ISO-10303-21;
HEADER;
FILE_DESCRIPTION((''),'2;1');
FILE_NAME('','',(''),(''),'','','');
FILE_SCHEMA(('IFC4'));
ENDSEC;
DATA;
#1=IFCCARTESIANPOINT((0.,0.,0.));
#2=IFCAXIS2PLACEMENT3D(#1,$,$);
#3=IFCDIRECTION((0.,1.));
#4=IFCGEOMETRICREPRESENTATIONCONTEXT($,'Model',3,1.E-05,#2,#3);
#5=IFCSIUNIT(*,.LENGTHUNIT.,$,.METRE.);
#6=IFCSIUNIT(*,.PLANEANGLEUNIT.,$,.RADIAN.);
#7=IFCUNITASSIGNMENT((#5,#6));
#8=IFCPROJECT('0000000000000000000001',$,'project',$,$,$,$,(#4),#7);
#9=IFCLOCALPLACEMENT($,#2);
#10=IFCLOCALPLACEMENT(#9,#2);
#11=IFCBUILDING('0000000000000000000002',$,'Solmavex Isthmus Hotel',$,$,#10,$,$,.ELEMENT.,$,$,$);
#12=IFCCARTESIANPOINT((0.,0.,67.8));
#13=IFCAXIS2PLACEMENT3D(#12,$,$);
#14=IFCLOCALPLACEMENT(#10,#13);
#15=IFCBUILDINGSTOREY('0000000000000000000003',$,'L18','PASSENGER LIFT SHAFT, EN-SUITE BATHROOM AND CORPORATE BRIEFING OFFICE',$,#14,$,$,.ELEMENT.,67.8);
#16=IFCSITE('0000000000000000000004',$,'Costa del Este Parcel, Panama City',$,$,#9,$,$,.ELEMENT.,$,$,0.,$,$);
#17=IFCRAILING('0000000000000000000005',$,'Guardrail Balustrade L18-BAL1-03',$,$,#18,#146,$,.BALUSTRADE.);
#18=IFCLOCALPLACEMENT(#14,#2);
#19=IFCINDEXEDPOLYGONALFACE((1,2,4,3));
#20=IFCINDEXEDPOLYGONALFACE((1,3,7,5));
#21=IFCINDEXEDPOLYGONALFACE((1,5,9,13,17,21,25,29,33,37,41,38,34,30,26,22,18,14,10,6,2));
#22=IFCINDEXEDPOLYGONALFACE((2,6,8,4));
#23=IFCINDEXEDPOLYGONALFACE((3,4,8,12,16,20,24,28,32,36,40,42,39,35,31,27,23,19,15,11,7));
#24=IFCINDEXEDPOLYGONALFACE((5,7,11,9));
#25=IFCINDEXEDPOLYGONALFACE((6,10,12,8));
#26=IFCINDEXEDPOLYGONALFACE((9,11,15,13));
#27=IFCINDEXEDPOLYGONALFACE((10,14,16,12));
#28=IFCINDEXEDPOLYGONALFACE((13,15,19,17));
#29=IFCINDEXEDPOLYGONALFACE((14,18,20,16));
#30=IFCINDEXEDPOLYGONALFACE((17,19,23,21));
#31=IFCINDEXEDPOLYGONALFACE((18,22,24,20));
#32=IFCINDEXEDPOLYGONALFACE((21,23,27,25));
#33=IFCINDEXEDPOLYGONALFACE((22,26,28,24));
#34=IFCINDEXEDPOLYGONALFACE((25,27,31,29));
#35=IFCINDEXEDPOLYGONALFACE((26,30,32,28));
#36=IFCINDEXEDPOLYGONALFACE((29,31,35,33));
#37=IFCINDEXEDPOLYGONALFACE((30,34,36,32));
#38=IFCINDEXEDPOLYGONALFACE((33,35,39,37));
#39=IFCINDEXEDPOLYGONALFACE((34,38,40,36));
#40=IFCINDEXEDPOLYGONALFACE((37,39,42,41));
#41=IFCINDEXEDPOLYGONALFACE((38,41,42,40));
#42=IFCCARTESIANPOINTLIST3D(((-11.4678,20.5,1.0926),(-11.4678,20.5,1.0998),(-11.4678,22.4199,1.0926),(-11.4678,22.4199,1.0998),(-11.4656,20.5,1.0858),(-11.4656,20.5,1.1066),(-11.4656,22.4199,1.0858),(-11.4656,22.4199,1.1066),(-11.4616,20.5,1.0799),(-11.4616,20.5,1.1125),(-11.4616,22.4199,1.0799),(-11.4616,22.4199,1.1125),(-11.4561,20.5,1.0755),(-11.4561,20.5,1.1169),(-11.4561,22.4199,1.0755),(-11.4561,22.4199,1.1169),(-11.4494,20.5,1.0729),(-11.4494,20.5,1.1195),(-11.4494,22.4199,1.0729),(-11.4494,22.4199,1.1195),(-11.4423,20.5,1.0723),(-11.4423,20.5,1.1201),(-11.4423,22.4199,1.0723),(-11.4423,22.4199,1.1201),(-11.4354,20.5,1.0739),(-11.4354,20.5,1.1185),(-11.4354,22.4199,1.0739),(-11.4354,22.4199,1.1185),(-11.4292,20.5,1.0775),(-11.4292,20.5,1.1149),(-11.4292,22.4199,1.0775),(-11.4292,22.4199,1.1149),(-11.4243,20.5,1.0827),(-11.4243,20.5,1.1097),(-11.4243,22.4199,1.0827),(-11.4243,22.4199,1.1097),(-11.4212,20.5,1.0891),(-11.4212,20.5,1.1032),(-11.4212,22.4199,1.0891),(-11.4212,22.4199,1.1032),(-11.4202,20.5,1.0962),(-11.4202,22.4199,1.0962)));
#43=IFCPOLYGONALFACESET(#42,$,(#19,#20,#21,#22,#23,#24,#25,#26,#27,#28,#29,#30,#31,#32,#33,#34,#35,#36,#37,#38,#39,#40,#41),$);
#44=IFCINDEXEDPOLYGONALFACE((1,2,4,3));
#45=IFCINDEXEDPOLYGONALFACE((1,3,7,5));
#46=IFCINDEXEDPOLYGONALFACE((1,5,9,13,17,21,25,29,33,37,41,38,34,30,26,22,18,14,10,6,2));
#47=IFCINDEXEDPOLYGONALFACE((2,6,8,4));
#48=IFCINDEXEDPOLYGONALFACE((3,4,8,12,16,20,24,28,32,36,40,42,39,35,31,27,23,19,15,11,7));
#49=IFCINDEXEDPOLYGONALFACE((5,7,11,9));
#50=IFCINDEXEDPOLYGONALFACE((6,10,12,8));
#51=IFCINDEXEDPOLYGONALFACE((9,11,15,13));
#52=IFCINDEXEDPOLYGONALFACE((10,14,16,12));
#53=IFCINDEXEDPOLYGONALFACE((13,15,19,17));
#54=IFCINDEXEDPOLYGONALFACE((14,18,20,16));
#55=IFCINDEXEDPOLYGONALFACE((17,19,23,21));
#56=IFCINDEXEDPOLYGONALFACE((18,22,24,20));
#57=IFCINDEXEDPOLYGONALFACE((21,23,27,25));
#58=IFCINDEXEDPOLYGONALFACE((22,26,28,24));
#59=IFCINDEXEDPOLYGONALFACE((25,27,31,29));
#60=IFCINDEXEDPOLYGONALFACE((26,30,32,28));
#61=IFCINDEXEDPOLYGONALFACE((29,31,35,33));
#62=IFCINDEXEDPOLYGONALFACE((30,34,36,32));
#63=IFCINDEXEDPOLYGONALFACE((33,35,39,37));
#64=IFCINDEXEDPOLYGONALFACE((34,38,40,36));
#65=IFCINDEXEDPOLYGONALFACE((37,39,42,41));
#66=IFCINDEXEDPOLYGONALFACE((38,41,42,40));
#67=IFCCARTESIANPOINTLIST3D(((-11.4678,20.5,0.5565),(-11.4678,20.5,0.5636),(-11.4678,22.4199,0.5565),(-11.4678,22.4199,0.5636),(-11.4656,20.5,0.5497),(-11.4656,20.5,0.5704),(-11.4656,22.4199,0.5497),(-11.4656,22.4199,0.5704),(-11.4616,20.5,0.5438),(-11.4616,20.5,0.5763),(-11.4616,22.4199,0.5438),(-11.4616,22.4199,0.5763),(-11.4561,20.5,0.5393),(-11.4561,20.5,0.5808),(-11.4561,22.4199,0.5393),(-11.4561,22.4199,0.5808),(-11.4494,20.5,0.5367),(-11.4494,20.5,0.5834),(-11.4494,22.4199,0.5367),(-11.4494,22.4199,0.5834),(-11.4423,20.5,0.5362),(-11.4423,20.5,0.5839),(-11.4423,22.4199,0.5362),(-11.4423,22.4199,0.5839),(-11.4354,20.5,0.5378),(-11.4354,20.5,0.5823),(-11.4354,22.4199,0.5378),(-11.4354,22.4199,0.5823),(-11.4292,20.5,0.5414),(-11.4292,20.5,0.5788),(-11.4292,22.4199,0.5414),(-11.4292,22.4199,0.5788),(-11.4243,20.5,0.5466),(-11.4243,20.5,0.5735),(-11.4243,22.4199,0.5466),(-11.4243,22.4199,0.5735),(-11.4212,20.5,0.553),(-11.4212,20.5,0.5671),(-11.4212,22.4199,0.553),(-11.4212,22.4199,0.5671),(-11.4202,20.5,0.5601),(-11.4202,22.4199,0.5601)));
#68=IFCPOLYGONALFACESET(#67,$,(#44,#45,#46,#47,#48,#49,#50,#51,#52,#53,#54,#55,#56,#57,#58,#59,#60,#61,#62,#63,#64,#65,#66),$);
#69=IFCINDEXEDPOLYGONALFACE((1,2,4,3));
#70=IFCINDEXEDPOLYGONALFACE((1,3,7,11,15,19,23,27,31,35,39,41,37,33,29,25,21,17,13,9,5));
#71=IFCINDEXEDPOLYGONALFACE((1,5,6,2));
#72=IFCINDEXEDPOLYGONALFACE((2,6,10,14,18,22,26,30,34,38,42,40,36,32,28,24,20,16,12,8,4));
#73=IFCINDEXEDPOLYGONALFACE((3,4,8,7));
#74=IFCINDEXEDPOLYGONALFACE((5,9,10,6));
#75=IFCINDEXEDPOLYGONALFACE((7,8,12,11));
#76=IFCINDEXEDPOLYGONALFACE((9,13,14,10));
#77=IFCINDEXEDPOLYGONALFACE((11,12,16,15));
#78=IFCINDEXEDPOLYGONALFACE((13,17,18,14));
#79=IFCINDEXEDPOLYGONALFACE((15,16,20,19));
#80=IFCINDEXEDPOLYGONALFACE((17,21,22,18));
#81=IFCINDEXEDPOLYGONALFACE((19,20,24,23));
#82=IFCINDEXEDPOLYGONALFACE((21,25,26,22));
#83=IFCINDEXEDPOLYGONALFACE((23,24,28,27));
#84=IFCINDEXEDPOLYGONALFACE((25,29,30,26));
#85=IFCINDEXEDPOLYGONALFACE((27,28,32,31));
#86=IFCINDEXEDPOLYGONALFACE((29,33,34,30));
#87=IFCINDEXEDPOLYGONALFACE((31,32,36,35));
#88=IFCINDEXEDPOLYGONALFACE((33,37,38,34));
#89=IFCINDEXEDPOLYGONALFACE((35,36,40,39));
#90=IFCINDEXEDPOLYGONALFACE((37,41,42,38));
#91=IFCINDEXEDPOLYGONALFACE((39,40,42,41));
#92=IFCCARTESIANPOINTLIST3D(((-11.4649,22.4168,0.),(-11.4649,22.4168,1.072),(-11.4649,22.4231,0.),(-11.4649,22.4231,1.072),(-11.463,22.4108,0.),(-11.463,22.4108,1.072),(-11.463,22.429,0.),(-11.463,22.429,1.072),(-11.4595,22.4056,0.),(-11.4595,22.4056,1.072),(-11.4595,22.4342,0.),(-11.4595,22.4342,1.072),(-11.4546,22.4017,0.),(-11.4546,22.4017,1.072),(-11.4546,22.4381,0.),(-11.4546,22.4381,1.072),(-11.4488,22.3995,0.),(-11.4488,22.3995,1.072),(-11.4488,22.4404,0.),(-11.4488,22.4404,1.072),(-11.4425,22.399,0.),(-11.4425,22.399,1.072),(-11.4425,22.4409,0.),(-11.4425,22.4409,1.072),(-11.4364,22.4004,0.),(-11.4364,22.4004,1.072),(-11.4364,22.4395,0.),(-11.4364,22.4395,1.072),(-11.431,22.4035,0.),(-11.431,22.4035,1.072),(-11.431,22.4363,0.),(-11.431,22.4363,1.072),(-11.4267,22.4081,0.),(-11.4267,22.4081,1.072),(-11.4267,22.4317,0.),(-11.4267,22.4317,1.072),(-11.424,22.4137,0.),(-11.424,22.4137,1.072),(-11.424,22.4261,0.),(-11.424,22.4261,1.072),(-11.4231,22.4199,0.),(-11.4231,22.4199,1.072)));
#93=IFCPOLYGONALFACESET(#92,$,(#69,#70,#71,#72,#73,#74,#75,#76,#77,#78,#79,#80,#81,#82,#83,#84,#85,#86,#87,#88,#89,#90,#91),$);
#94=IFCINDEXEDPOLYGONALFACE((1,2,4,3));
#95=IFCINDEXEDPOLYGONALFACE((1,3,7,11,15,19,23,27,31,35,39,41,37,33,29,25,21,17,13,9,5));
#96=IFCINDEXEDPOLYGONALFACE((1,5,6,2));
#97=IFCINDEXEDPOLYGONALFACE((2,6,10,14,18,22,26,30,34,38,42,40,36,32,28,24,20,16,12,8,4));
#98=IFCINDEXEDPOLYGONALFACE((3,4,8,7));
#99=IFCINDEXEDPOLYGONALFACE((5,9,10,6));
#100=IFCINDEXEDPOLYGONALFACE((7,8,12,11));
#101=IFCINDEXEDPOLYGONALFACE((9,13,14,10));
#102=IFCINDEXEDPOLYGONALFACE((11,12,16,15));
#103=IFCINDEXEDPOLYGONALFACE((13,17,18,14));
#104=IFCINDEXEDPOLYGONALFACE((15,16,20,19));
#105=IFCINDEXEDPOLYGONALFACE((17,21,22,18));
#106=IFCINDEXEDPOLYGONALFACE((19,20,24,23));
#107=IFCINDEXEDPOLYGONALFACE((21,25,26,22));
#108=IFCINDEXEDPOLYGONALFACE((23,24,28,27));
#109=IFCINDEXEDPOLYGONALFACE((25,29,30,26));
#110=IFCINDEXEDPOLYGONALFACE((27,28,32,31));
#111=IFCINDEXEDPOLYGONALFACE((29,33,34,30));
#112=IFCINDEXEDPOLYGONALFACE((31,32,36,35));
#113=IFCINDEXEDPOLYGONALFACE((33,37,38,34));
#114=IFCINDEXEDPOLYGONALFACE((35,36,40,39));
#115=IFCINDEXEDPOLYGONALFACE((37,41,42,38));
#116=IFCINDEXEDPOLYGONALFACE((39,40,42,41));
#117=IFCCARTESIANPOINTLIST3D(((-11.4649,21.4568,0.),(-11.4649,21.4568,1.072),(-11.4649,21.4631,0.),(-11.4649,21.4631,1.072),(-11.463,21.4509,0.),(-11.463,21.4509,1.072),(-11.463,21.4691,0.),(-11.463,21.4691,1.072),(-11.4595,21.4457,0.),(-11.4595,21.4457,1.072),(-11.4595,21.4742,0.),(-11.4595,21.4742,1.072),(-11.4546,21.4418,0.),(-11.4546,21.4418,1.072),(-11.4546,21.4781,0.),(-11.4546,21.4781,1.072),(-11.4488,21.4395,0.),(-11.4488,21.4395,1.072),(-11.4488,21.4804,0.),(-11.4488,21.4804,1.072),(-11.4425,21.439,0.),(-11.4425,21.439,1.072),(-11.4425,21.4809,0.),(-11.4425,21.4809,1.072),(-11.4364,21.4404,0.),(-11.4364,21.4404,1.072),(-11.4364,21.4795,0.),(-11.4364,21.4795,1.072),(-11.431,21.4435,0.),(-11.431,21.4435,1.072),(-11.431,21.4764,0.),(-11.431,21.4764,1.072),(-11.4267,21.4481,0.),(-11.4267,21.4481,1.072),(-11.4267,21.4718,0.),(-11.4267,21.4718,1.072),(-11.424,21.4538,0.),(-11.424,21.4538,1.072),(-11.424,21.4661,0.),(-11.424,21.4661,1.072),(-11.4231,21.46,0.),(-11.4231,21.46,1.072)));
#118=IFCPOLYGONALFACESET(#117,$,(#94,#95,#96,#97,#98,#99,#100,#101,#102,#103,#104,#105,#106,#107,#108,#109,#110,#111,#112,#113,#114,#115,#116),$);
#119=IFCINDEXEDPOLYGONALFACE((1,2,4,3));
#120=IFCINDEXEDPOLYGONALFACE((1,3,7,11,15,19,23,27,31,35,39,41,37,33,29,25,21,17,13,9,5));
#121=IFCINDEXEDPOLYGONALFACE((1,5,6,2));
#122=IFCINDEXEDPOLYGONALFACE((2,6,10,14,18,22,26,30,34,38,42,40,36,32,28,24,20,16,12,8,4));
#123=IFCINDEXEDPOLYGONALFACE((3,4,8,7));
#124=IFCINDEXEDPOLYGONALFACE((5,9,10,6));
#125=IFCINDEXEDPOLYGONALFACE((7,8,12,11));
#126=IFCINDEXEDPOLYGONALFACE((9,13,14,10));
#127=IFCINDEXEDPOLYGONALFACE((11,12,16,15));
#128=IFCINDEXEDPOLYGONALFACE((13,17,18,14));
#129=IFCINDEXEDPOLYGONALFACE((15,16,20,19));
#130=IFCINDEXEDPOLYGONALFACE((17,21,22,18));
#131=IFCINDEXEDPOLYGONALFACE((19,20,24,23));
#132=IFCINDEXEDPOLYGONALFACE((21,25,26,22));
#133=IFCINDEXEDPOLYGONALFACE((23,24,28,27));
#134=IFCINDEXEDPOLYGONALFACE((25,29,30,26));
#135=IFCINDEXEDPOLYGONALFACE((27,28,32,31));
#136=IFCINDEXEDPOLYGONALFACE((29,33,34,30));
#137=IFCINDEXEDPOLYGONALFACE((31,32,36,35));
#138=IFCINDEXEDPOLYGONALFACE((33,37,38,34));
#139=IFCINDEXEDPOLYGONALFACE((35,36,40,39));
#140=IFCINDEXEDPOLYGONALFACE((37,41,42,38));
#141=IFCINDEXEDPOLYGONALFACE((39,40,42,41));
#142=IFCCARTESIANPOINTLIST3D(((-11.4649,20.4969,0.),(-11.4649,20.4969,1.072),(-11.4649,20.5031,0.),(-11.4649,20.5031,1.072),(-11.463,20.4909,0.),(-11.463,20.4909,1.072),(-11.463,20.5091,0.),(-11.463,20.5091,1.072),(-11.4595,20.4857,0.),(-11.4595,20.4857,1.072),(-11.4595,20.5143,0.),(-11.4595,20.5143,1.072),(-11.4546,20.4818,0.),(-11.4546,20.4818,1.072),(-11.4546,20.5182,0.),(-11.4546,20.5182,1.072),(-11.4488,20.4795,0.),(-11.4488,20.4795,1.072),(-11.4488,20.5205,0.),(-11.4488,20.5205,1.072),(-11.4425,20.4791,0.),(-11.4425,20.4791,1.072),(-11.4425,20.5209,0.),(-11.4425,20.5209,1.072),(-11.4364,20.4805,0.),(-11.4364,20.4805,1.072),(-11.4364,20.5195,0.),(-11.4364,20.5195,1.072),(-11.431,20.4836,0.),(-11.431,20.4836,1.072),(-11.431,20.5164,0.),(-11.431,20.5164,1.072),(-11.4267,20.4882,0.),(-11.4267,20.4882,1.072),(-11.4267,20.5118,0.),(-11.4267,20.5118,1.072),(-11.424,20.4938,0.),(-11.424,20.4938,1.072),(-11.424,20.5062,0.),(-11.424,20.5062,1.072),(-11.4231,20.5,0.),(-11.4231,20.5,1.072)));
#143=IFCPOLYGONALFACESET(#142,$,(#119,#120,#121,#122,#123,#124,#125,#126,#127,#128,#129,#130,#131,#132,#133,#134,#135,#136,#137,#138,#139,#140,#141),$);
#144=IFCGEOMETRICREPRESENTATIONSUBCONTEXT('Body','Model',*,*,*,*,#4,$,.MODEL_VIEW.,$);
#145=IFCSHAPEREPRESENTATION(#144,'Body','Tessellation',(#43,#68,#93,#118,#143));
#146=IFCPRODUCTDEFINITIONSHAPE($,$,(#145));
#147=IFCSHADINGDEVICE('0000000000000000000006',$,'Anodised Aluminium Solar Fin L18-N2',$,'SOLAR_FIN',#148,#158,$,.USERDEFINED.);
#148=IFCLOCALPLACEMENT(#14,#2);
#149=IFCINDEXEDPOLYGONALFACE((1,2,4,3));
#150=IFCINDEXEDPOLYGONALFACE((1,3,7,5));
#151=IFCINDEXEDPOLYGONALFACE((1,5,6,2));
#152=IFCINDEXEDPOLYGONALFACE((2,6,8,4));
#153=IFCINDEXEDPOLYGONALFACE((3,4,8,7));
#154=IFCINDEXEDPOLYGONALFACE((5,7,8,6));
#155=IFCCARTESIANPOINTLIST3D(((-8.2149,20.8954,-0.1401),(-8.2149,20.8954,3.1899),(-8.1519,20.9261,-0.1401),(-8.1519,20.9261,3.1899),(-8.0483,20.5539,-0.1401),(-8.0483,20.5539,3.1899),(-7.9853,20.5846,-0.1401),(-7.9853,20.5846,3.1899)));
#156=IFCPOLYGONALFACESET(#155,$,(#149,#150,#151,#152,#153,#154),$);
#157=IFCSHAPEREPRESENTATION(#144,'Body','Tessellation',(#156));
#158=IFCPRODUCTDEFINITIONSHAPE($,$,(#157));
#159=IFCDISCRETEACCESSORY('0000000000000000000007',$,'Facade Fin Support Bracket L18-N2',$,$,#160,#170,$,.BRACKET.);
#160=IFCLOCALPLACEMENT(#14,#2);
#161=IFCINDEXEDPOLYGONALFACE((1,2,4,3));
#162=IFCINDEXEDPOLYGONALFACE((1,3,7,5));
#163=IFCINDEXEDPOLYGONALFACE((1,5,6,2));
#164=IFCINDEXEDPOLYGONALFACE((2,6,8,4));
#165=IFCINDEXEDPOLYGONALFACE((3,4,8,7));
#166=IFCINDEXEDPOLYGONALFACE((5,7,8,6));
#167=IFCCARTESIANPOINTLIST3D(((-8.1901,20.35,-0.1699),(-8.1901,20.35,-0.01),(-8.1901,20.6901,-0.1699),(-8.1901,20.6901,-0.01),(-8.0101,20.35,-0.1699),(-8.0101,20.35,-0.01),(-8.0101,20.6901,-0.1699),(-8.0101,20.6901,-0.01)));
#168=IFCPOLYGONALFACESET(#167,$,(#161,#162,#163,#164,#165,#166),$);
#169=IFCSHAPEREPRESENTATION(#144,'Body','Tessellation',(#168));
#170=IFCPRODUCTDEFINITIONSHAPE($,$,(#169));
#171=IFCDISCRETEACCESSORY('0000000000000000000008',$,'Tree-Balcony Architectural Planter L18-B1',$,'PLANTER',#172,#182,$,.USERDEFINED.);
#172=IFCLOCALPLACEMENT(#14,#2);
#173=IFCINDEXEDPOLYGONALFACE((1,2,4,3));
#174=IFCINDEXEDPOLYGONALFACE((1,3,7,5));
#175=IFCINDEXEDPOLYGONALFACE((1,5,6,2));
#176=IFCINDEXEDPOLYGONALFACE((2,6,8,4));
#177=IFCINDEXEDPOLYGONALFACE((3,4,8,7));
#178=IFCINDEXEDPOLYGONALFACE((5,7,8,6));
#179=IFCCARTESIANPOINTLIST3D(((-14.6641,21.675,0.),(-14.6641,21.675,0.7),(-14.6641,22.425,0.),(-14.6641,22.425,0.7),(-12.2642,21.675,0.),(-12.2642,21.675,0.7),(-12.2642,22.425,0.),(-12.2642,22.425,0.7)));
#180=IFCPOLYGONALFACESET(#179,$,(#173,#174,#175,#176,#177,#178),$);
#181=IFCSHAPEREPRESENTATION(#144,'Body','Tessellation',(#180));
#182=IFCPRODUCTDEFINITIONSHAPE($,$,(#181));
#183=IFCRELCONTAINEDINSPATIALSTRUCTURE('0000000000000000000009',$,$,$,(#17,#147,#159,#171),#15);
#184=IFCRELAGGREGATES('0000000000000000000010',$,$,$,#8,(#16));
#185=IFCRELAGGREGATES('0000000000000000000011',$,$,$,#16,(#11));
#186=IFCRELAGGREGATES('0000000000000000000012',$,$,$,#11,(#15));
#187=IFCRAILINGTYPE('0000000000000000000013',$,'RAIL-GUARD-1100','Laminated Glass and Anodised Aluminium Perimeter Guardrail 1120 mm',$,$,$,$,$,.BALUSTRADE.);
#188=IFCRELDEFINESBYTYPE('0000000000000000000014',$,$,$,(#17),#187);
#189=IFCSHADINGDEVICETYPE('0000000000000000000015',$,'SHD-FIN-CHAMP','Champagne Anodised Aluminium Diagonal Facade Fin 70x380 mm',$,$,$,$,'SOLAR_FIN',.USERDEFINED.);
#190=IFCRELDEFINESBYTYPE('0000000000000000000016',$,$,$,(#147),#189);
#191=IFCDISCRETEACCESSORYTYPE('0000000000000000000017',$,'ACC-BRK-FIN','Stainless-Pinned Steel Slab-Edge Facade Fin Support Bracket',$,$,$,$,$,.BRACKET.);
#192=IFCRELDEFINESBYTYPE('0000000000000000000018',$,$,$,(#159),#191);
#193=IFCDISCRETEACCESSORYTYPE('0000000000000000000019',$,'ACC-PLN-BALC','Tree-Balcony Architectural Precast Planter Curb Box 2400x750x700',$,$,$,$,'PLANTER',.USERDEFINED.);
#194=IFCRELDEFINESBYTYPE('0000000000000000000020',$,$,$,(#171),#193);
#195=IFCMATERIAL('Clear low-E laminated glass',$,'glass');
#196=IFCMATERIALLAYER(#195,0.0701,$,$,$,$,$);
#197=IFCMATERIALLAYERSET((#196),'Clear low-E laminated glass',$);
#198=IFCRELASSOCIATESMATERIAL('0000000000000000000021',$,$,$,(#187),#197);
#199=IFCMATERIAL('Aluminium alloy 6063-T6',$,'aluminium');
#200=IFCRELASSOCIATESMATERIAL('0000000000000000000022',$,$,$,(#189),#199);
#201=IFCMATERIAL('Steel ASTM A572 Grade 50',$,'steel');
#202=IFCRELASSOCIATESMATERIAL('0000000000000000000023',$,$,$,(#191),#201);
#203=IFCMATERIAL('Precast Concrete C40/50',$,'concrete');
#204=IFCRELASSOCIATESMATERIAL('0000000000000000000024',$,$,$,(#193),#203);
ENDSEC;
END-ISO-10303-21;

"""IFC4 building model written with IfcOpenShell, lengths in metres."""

from ifc_helpers import new_model, si_unit, direction, frame, origin, origin_2d, place, context, subcontext, project, spatial, rectangle, circle, extrude, material, layer, layer_set, type_object, element, save


model = new_model("IFC4")

# Units and contexts
model_context = context("Model", 3, precision=1e-05, world=origin(), true_north=direction((0.0, 1.0)))
body_context = subcontext(model_context, "Body", "Model", "MODEL_VIEW")
ifc_project = project(units=[si_unit("LENGTHUNIT", "METRE"), si_unit("PLANEANGLEUNIT", "RADIAN")], contexts=[model_context])

# Site, building, storey
site_placement = place(None, origin())
site = spatial("IfcSite", under=ifc_project, at=site_placement, Name="Costa del Este Parcel, Panama City", CompositionType="ELEMENT", RefElevation=0.0)
building_placement = place(site_placement, origin())
building = spatial("IfcBuilding", under=site, at=building_placement, Name="Solmavex Isthmus Hotel", CompositionType="ELEMENT")
storey_placement = place(building_placement, frame((0.0, 0.0, 67.8)))
storey = spatial("IfcBuildingStorey", under=building, at=storey_placement, Name="L18", Description="PASSENGER LIFT SHAFT, EN-SUITE BATHROOM AND CORPORATE BRIEFING OFFICE", CompositionType="ELEMENT", Elevation=67.8)

# Shared definitions
ifc_material_1 = material(Name="Aluminium alloy 6063-T6", Category="aluminium")
ifc_material_2 = material(Name="Clear low-E laminated glass", Category="glass")

# Shared definitions
ifc_material_3 = material(Name="Precast Concrete C40/50", Category="concrete")

# Railing
ifc_layer_1 = layer(ifc_material_2, 0.0701)
ifc_layer_set_1 = layer_set([ifc_layer_1], Name="Clear low-E laminated glass")
railing_type = type_object("IfcRailingType", Name="RAIL-GUARD-1100", Description="Laminated Glass and Anodised Aluminium Perimeter Guardrail 1120 mm", PredefinedType="BALUSTRADE", material=ifc_layer_set_1)
railing_placement = place(storey_placement, frame((-11.4441, 22.4199, 0.0)))
element("IfcRailing", 1, at=railing_placement, inside=storey, type_object=railing_type, Name="Guardrail Balustrade L18-BAL1-03", PredefinedType="BALUSTRADE", context=body_context, shape_type="SweptSolid", body=[
    extrude(circle(Radius=0.0239, at=origin_2d()), frame((0.0, 0.0, 1.0962), z_axis=(0.0, -1.0, 0.0), x_axis=(1.0, 0.0, 0.0)), (0.0, 0.0, 1.0), 1.9199),
    extrude(circle(Radius=0.0239, at=origin_2d()), frame((0.0, 0.0, 0.5601), z_axis=(0.0, -1.0, 0.0), x_axis=(1.0, 0.0, 0.0)), (0.0, 0.0, 1.0), 1.9199),
    extrude(circle(Radius=0.021, at=origin_2d()), origin(), (0.0, 0.0, 1.0), 1.072),
    extrude(circle(Radius=0.021, at=origin_2d()), frame((0.0, -0.96, 0.0)), (0.0, 0.0, 1.0), 1.072),
    extrude(circle(Radius=0.021, at=origin_2d()), frame((0.0, -1.9199, 0.0)), (0.0, 0.0, 1.0), 1.072),
])

# Shading device
shading_device_type = type_object("IfcShadingDeviceType", Name="SHD-FIN-CHAMP", Description="Champagne Anodised Aluminium Diagonal Facade Fin 70x380 mm", ElementType="SOLAR_FIN", PredefinedType="USERDEFINED", material=ifc_material_1)
shading_device_placement = place(storey_placement, frame((-8.1001, 20.74, -0.1401), z_axis=(0.0, 0.0, 1.0), x_axis=(-0.438371, 0.898794, 0.0)))
element("IfcShadingDevice", 2, at=shading_device_placement, inside=storey, type_object=shading_device_type, Name="Anodised Aluminium Solar Fin L18-N2", ObjectType="SOLAR_FIN", PredefinedType="USERDEFINED", context=body_context, shape_type="SweptSolid", body=[
    extrude(rectangle(XDim=0.3799, YDim=0.0701, at=origin_2d()), origin(), (0.0, 0.0, 1.0), 3.3301),
])

# Discrete accessories
ifc_material_4 = material(Name="Steel ASTM A572 Grade 50", Category="steel")
discrete_accessory_type_1 = type_object("IfcDiscreteAccessoryType", Name="ACC-BRK-FIN", Description="Stainless-Pinned Steel Slab-Edge Facade Fin Support Bracket", PredefinedType="BRACKET", material=ifc_material_4)
discrete_accessory_1_placement = place(storey_placement, frame((-8.1001, 20.52, -0.1699), z_axis=(0.0, 0.0, 1.0), x_axis=(0.0, 1.0, 0.0)))
element("IfcDiscreteAccessory", 3, at=discrete_accessory_1_placement, inside=storey, type_object=discrete_accessory_type_1, Name="Facade Fin Support Bracket L18-N2", PredefinedType="BRACKET", context=body_context, shape_type="SweptSolid", body=[
    extrude(rectangle(XDim=0.3401, YDim=0.1799, at=origin_2d()), origin(), (0.0, 0.0, 1.0), 0.1599),
])
discrete_accessory_type_2 = type_object("IfcDiscreteAccessoryType", Name="ACC-PLN-BALC", Description="Tree-Balcony Architectural Precast Planter Curb Box 2400x750x700", ElementType="PLANTER", PredefinedType="USERDEFINED", material=ifc_material_3)
discrete_accessory_2_placement = place(storey_placement, frame((-13.4641, 22.05, 0.0), z_axis=(0.0, 0.0, 1.0), x_axis=(1.0, 0.0, 0.0)))
element("IfcDiscreteAccessory", 4, at=discrete_accessory_2_placement, inside=storey, type_object=discrete_accessory_type_2, Name="Tree-Balcony Architectural Planter L18-B1", ObjectType="PLANTER", PredefinedType="USERDEFINED", context=body_context, shape_type="SweptSolid", body=[
    extrude(rectangle(XDim=2.3999, YDim=0.75, at=origin_2d()), origin(), (0.0, 0.0, 1.0), 0.7),
])

save(model, "model.ifc")
